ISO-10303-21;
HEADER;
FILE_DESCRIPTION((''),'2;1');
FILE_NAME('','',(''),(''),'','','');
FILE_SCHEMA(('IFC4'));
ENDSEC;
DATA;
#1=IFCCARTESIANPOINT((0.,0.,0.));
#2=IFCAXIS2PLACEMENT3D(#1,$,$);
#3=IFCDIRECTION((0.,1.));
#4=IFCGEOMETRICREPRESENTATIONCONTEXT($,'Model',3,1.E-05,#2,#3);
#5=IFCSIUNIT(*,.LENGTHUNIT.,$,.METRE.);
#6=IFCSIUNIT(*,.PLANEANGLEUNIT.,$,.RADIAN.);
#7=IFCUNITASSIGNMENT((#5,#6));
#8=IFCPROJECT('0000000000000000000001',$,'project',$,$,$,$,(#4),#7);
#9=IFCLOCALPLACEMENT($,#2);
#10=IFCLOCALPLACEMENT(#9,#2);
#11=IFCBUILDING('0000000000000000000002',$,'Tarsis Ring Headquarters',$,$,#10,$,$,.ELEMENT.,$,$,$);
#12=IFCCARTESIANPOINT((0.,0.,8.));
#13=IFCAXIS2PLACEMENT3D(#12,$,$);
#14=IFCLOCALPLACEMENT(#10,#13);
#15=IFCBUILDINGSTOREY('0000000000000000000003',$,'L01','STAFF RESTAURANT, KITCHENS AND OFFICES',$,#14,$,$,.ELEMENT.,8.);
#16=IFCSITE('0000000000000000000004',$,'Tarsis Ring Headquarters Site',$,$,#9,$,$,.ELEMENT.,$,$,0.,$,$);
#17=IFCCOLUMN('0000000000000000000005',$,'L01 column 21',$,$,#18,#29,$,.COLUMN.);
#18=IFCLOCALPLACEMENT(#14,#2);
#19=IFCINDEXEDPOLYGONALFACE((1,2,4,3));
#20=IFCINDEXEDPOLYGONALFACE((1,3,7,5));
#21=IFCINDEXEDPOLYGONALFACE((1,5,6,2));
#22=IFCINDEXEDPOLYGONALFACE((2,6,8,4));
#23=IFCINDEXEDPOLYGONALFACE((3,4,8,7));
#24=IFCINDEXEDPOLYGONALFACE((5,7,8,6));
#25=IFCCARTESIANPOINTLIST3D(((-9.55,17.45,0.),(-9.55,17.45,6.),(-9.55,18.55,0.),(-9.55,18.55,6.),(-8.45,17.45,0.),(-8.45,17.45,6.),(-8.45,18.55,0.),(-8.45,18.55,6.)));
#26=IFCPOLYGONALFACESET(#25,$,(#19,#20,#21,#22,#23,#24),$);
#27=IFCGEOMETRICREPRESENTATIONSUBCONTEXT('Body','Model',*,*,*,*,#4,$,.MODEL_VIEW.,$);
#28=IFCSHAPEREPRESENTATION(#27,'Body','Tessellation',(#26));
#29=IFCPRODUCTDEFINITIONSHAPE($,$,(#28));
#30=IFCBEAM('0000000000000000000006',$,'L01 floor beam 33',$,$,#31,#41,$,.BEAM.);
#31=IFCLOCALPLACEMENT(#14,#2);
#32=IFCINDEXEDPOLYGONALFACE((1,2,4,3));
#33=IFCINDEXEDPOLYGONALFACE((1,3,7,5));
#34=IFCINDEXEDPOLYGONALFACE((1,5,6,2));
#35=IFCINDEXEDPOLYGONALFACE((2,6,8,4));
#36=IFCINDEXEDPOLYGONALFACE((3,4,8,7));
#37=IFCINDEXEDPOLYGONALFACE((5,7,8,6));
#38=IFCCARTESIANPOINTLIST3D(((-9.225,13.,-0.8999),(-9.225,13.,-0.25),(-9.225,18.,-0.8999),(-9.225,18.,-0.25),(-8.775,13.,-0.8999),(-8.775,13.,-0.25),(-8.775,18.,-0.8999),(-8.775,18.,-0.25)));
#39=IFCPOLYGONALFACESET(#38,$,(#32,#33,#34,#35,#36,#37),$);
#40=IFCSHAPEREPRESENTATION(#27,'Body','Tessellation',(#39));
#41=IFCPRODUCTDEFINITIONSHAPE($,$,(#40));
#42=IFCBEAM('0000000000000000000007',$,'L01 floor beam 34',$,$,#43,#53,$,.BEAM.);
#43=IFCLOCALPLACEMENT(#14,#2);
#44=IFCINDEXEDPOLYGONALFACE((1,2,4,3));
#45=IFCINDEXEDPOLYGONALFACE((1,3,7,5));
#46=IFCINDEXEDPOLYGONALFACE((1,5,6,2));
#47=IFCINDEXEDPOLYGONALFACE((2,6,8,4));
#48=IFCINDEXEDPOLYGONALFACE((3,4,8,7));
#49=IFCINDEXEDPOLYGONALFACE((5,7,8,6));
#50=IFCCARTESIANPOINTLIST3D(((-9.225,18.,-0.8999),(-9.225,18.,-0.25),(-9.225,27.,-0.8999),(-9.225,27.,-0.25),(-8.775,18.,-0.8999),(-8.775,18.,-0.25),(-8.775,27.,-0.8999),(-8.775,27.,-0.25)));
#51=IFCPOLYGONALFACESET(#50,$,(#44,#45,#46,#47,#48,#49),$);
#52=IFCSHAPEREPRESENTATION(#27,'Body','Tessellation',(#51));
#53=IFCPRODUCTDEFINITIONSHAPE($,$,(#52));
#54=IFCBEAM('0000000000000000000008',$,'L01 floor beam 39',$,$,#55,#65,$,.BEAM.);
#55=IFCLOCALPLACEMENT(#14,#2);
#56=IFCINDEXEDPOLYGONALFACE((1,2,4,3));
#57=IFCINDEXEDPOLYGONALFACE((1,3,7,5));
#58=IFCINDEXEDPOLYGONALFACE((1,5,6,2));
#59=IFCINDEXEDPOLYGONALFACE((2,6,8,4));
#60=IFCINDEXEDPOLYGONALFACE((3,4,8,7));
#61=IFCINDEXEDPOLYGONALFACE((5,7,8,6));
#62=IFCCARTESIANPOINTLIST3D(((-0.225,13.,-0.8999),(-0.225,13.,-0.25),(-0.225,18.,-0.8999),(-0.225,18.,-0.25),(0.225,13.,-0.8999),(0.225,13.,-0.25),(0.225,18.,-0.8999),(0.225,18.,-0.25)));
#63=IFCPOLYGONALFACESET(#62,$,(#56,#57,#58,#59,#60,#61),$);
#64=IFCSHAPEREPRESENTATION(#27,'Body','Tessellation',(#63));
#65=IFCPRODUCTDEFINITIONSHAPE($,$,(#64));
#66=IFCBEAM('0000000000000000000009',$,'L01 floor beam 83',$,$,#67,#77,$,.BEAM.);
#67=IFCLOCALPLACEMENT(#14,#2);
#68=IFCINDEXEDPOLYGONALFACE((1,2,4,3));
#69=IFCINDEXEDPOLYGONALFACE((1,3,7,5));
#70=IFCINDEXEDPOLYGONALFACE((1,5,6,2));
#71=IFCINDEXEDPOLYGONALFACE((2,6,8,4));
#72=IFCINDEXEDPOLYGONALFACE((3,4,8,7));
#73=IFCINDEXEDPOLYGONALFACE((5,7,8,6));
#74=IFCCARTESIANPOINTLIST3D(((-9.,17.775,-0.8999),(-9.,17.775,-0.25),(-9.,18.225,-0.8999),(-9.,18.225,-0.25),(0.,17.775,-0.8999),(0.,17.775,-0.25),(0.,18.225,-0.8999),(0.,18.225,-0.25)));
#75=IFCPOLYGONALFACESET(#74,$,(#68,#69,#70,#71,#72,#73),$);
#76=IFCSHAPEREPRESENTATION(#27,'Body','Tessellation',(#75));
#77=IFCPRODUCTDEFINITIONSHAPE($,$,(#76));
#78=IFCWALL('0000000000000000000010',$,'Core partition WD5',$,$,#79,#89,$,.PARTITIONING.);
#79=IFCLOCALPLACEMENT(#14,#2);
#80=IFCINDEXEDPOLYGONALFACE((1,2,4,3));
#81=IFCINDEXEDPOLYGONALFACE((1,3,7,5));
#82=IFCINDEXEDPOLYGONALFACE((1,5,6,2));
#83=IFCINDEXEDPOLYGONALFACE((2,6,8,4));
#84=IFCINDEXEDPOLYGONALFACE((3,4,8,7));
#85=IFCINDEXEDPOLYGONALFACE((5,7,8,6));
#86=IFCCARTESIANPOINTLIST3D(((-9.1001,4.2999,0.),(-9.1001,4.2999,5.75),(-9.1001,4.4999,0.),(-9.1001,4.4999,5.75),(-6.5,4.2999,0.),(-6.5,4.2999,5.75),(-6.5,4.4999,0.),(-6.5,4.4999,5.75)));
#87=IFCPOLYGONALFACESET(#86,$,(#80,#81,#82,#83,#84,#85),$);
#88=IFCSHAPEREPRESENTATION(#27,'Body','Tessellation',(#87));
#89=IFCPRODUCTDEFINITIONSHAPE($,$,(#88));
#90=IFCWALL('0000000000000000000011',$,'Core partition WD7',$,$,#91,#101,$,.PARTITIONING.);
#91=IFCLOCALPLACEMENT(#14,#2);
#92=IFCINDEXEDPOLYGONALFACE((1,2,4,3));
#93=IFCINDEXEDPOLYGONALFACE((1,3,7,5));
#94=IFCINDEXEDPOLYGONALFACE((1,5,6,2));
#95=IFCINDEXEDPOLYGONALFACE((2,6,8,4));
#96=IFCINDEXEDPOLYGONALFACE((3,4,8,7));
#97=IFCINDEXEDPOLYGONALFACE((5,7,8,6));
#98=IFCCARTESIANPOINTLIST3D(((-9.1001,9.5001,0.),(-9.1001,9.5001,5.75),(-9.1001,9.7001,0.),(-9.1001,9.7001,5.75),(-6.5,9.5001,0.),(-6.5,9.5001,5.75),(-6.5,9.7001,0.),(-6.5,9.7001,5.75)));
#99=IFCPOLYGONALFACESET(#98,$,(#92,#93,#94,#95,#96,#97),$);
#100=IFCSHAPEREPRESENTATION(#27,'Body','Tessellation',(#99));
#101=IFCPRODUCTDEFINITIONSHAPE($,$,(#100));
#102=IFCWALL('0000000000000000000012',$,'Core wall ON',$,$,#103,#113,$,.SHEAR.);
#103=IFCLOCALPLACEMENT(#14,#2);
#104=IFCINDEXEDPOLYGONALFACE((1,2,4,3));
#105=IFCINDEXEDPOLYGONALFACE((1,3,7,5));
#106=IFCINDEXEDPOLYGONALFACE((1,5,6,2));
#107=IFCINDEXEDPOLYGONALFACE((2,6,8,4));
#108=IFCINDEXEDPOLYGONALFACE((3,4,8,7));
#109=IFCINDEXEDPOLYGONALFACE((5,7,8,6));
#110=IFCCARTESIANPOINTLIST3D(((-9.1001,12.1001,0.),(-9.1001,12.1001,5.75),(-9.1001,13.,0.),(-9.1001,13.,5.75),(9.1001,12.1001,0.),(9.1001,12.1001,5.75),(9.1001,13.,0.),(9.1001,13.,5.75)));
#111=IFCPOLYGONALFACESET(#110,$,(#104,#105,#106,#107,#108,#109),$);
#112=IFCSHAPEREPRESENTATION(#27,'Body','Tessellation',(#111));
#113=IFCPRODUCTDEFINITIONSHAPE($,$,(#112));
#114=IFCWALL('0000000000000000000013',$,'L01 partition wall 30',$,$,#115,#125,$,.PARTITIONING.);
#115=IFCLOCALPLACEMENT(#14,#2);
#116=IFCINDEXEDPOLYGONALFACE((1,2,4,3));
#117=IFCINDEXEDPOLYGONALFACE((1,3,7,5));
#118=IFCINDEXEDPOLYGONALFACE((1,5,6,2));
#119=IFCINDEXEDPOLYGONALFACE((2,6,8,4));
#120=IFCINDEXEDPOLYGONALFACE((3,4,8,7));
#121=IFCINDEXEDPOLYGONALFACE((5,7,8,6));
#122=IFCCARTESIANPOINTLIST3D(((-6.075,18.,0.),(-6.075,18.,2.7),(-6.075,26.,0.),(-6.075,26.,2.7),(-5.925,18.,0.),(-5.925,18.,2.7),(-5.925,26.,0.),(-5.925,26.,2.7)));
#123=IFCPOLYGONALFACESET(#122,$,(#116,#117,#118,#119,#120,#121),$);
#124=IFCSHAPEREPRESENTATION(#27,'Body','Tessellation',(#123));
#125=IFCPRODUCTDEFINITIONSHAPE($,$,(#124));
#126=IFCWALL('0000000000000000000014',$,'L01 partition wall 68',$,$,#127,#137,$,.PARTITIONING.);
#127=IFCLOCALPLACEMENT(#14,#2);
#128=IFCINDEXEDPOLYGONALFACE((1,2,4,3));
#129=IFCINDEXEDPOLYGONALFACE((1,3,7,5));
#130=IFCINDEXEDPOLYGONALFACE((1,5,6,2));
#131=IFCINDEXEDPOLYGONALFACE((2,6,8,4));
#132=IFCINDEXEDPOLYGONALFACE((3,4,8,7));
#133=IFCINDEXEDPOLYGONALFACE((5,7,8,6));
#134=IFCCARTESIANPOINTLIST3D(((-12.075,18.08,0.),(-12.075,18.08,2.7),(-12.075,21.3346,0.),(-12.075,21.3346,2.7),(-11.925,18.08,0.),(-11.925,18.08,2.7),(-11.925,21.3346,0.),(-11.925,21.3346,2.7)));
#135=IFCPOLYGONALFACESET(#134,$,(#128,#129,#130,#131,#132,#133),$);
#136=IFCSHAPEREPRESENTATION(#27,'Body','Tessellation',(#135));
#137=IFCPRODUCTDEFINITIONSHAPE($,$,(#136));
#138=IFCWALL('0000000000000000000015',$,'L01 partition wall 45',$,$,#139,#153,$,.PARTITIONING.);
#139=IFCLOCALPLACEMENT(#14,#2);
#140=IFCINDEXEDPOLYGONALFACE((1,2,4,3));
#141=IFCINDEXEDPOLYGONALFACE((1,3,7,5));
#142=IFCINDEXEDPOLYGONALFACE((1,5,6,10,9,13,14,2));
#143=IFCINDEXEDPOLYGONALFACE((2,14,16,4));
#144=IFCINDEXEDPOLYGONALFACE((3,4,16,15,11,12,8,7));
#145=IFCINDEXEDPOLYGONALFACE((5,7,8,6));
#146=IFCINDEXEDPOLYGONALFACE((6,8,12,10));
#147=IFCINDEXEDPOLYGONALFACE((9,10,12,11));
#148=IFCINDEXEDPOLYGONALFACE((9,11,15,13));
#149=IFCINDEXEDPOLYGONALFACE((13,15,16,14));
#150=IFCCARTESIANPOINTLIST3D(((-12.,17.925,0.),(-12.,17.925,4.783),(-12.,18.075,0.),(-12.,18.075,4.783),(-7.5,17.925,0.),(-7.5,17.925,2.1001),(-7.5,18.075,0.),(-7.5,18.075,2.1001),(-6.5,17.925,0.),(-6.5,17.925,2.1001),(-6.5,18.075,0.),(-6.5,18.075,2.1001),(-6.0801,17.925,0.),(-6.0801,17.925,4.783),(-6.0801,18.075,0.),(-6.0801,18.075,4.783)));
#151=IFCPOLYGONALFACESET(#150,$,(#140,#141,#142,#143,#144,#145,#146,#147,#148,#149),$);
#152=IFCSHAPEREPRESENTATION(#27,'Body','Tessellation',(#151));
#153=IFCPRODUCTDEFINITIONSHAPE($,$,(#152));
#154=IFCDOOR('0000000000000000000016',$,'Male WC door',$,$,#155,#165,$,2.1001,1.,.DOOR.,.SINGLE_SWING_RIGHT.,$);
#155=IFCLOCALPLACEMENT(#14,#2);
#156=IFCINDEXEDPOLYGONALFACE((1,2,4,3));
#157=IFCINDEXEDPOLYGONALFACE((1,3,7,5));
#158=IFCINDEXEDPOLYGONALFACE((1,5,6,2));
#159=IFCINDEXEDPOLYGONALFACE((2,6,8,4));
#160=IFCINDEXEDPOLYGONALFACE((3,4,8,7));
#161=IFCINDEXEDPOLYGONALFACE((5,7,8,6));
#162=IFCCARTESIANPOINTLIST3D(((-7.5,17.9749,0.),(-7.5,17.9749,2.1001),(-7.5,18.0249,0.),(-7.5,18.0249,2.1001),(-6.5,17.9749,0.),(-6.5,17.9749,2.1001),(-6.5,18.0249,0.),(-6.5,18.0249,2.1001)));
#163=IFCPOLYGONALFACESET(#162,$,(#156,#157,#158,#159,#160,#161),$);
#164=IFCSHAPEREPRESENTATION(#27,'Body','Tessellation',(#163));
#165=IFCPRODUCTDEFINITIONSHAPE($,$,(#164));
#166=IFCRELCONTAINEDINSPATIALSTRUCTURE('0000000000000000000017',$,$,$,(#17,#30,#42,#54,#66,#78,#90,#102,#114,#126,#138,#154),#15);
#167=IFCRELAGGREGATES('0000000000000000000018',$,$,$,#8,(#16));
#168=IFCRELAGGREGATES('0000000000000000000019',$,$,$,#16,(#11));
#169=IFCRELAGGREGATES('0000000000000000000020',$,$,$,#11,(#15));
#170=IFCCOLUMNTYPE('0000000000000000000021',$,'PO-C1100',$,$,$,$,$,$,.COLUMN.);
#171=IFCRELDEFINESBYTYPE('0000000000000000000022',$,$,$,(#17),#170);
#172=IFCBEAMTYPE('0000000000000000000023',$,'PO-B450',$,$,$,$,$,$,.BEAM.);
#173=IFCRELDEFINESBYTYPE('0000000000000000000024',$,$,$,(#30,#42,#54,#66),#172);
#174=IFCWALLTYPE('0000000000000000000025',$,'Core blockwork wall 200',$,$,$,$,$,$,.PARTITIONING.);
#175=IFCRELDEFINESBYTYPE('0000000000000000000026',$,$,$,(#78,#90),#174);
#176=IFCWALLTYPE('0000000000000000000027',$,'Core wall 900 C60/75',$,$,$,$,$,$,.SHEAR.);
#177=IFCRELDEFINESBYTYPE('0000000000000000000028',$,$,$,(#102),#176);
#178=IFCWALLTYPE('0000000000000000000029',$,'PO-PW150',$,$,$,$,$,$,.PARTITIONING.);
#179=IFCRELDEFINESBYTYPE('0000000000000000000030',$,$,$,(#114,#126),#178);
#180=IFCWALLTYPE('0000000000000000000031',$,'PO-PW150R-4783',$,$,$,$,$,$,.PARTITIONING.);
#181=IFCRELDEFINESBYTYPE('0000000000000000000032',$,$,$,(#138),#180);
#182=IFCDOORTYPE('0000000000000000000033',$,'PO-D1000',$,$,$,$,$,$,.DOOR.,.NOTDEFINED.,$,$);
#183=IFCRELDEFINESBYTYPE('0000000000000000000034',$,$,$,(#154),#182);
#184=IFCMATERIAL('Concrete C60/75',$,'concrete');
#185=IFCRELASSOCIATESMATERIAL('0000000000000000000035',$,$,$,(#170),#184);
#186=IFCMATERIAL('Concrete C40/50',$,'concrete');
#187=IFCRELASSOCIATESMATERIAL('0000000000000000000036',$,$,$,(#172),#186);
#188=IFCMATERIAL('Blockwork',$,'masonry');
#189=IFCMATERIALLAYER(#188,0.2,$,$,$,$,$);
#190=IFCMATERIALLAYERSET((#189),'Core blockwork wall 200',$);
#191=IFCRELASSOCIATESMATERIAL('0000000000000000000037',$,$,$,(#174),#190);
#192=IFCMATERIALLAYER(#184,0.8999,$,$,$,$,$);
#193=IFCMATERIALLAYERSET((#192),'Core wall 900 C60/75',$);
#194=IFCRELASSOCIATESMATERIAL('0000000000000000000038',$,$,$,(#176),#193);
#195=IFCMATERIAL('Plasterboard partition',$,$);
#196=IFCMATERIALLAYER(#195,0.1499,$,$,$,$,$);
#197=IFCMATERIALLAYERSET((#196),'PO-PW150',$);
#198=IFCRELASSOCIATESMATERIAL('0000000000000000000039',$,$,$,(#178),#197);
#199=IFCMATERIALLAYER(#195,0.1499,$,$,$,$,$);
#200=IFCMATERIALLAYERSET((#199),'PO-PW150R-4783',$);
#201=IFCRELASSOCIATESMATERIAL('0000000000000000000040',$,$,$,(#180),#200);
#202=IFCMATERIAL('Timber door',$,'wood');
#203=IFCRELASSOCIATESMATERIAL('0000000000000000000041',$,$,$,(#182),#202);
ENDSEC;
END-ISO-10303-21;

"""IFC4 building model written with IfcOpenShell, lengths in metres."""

from ifc_helpers import new_model, si_unit, direction, frame, frame_2d, origin, origin_2d, place, context, subcontext, project, spatial, rectangle, extrude, material, layer, layer_set, material_profile, profile_set, type_object, element, fill, save


model = new_model("IFC4")

# Units and contexts
model_context = context("Model", 3, precision=1e-05, world=origin(), true_north=direction((0.0, 1.0)))
body_context = subcontext(model_context, "Body", "Model", "MODEL_VIEW")
ifc_project = project(units=[si_unit("LENGTHUNIT", "METRE"), si_unit("PLANEANGLEUNIT", "RADIAN")], contexts=[model_context])

# Site, building, storey
site_placement = place(None, origin())
site = spatial("IfcSite", under=ifc_project, at=site_placement, Name="Tarsis Ring Headquarters Site", CompositionType="ELEMENT", RefElevation=0.0)
building_placement = place(site_placement, origin())
building = spatial("IfcBuilding", under=site, at=building_placement, Name="Tarsis Ring Headquarters", CompositionType="ELEMENT")
storey_placement = place(building_placement, frame((0.0, 0.0, 8.0)))
storey = spatial("IfcBuildingStorey", under=building, at=storey_placement, Name="L01", Description="STAFF RESTAURANT, KITCHENS AND OFFICES", CompositionType="ELEMENT", Elevation=8.0)

# Column
ifc_material_1 = material(Name="Concrete C60/75", Category="concrete")
ifc_material_profile_1 = material_profile(ifc_material_1, rectangle(XDim=1.1001, YDim=1.1001, at=origin_2d()), Name="PO-C1100")
ifc_profile_set_1 = profile_set([ifc_material_profile_1], Name="Concrete C60/75")
column_type = type_object("IfcColumnType", Name="PO-C1100", PredefinedType="COLUMN", material=ifc_profile_set_1)
column_placement = place(storey_placement, frame((-9.0, 18.0, 0.0), z_axis=(0.0, 0.0, 1.0), x_axis=(1.0, 0.0, 0.0)))
element("IfcColumn", 1, at=column_placement, inside=storey, type_object=column_type, Name="L01 column 21", PredefinedType="COLUMN", context=body_context, shape_type="SweptSolid", body=[
    extrude(rectangle(XDim=1.1001, YDim=1.1001, at=origin_2d()), origin(), (0.0, 0.0, 1.0), 6.0),
])

# Beams
ifc_material_2 = material(Name="Concrete C40/50", Category="concrete")
ifc_material_profile_2 = material_profile(ifc_material_2, rectangle(XDim=0.45, YDim=0.6499, at=origin_2d()), Name="PO-B450")
ifc_profile_set_2 = profile_set([ifc_material_profile_2], Name="Concrete C40/50")
beam_type = type_object("IfcBeamType", Name="PO-B450", PredefinedType="BEAM", material=ifc_profile_set_2)
beam_1_placement = place(storey_placement, frame((-9.0, 13.0, -0.575), z_axis=(0.0, 1.0, 0.0), x_axis=(-1.0, 0.0, 0.0)))
element("IfcBeam", 2, at=beam_1_placement, inside=storey, type_object=beam_type, Name="L01 floor beam 33", PredefinedType="BEAM", context=body_context, shape_type="SweptSolid", body=[
    extrude(rectangle(XDim=0.45, YDim=0.6499, at=origin_2d()), origin(), (0.0, 0.0, 1.0), 5.0),
])
beam_2_placement = place(storey_placement, frame((-9.0, 18.0, -0.575), z_axis=(0.0, 1.0, 0.0), x_axis=(-1.0, 0.0, 0.0)))
element("IfcBeam", 3, at=beam_2_placement, inside=storey, type_object=beam_type, Name="L01 floor beam 34", PredefinedType="BEAM", context=body_context, shape_type="SweptSolid", body=[
    extrude(rectangle(XDim=0.45, YDim=0.6499, at=origin_2d()), origin(), (0.0, 0.0, 1.0), 9.0),
])
beam_3_placement = place(storey_placement, frame((0.0, 13.0, -0.575), z_axis=(0.0, 1.0, 0.0), x_axis=(-1.0, 0.0, 0.0)))
element("IfcBeam", 4, at=beam_3_placement, inside=storey, type_object=beam_type, Name="L01 floor beam 39", PredefinedType="BEAM", context=body_context, shape_type="SweptSolid", body=[
    extrude(rectangle(XDim=0.45, YDim=0.6499, at=origin_2d()), origin(), (0.0, 0.0, 1.0), 5.0),
])
beam_4_placement = place(storey_placement, frame((-9.0, 18.0, -0.575), z_axis=(1.0, 0.0, 0.0), x_axis=(0.0, 1.0, 0.0)))
element("IfcBeam", 5, at=beam_4_placement, inside=storey, type_object=beam_type, Name="L01 floor beam 83", PredefinedType="BEAM", context=body_context, shape_type="SweptSolid", body=[
    extrude(rectangle(XDim=0.45, YDim=0.6499, at=origin_2d()), origin(), (0.0, 0.0, 1.0), 9.0),
])

# Walls
ifc_material_3 = material(Name="Blockwork", Category="masonry")
ifc_layer_1 = layer(ifc_material_3, 0.2)
ifc_layer_set_1 = layer_set([ifc_layer_1], Name="Core blockwork wall 200")
wall_type_1 = type_object("IfcWallType", Name="Core blockwork wall 200", PredefinedType="PARTITIONING", material=ifc_layer_set_1)
for number, where, z_axis, x_axis, name in (
    (6, (-9.1001, 4.3999, 0.0), (0.0, 0.0, 1.0), (1.0, 0.0, 0.0), "Core partition WD5"),
    (7, (-9.1001, 9.6001, 0.0), (0.0, 0.0, 1.0), (1.0, 0.0, 0.0), "Core partition WD7"),
):
    element("IfcWall", number, at=place(storey_placement, frame(where, z_axis=z_axis, x_axis=x_axis)), inside=storey, type_object=wall_type_1, Name=name, PredefinedType="PARTITIONING", context=body_context, shape_type="SweptSolid", body=[
        extrude(rectangle(XDim=2.6001, YDim=0.2, at=frame_2d((1.3, 0.0))), origin(), (0.0, 0.0, 1.0), 5.75),
    ])
ifc_layer_2 = layer(ifc_material_1, 0.8999)
ifc_layer_set_2 = layer_set([ifc_layer_2], Name="Core wall 900 C60/75")
wall_type_2 = type_object("IfcWallType", Name="Core wall 900 C60/75", PredefinedType="SHEAR", material=ifc_layer_set_2)
wall_1_placement = place(storey_placement, frame((-9.1001, 12.55, 0.0), z_axis=(0.0, 0.0, 1.0), x_axis=(1.0, 0.0, 0.0)))
element("IfcWall", 8, at=wall_1_placement, inside=storey, type_object=wall_type_2, Name="Core wall ON", PredefinedType="SHEAR", context=body_context, shape_type="SweptSolid", body=[
    extrude(rectangle(XDim=18.2002, YDim=0.8999, at=frame_2d((9.1001, 0.0))), origin(), (0.0, 0.0, 1.0), 5.75),
])
ifc_material_4 = material(Name="Plasterboard partition")
ifc_layer_3 = layer(ifc_material_4, 0.1499)
ifc_layer_set_3 = layer_set([ifc_layer_3], Name="PO-PW150")
wall_type_3 = type_object("IfcWallType", Name="PO-PW150", PredefinedType="PARTITIONING", material=ifc_layer_set_3)
wall_2_placement = place(storey_placement, frame((-6.0, 18.0, 0.0), z_axis=(0.0, 0.0, 1.0), x_axis=(0.0, 1.0, 0.0)))
element("IfcWall", 9, at=wall_2_placement, inside=storey, type_object=wall_type_3, Name="L01 partition wall 30", PredefinedType="PARTITIONING", context=body_context, shape_type="SweptSolid", body=[
    extrude(rectangle(XDim=8.0, YDim=0.1499, at=frame_2d((4.0, 0.0))), origin(), (0.0, 0.0, 1.0), 2.7),
])
wall_3_placement = place(storey_placement, frame((-12.0, 21.3347, 0.0), z_axis=(0.0, 0.0, 1.0), x_axis=(0.0, -1.0, 0.0)))
element("IfcWall", 10, at=wall_3_placement, inside=storey, type_object=wall_type_3, Name="L01 partition wall 68", PredefinedType="PARTITIONING", context=body_context, shape_type="SweptSolid", body=[
    extrude(rectangle(XDim=3.2546, YDim=0.1499, at=frame_2d((1.6274, 0.0))), origin(), (0.0, 0.0, 1.0), 2.7),
])

# Wall, opening, door
ifc_layer_4 = layer(ifc_material_4, 0.1499)
ifc_layer_set_4 = layer_set([ifc_layer_4], Name="PO-PW150R-4783")
wall_type_4 = type_object("IfcWallType", Name="PO-PW150R-4783", PredefinedType="PARTITIONING", material=ifc_layer_set_4)
wall_4_placement = place(storey_placement, frame((-12.0, 18.0, 0.0), z_axis=(0.0, 0.0, 1.0), x_axis=(1.0, 0.0, 0.0)))
wall_4 = element("IfcWall", 11, at=wall_4_placement, inside=storey, type_object=wall_type_4, Name="L01 partition wall 45", PredefinedType="PARTITIONING", context=body_context, shape_type="SweptSolid", body=[
    extrude(rectangle(XDim=5.9199, YDim=0.1499, at=frame_2d((2.96, 0.0))), origin(), (0.0, 0.0, 1.0), 4.783),
])
opening_1_placement = place(wall_4_placement, frame((4.5, 0.0, 0.0)))
opening_1 = element("IfcOpeningElement", 12, at=opening_1_placement, cuts=wall_4, PredefinedType="OPENING", context=body_context, shape_type="SweptSolid", body=[
    extrude(rectangle(XDim=1.0, YDim=2.1001, at=frame_2d((0.5, 1.05))), frame((0.0, 0.085, 0.0), z_axis=(0.0, -1.0, 0.0), x_axis=(1.0, 0.0, 0.0)), (0.0, 0.0, 1.0), 0.1699),
])
ifc_material_5 = material(Name="Timber door", Category="wood")
door_type_1 = type_object("IfcDoorType", Name="PO-D1000", OperationType="NOTDEFINED", PredefinedType="DOOR", material=ifc_material_5)
door_1_placement = place(opening_1_placement, origin())
door_1 = element("IfcDoor", 13, at=door_1_placement, inside=storey, type_object=door_type_1, Name="Male WC door", OperationType="SINGLE_SWING_RIGHT", OverallHeight=2.1001, OverallWidth=1.0, PredefinedType="DOOR", context=body_context, shape_type="SweptSolid", body=[
    extrude(rectangle(XDim=1.0, YDim=2.1001, at=frame_2d((0.5, 1.05))), frame((0.0, 0.0249, 0.0), z_axis=(0.0, -1.0, 0.0), x_axis=(1.0, 0.0, 0.0)), (0.0, 0.0, 1.0), 0.05),
])
fill(opening_1, door_1)

save(model, "model.ifc")
